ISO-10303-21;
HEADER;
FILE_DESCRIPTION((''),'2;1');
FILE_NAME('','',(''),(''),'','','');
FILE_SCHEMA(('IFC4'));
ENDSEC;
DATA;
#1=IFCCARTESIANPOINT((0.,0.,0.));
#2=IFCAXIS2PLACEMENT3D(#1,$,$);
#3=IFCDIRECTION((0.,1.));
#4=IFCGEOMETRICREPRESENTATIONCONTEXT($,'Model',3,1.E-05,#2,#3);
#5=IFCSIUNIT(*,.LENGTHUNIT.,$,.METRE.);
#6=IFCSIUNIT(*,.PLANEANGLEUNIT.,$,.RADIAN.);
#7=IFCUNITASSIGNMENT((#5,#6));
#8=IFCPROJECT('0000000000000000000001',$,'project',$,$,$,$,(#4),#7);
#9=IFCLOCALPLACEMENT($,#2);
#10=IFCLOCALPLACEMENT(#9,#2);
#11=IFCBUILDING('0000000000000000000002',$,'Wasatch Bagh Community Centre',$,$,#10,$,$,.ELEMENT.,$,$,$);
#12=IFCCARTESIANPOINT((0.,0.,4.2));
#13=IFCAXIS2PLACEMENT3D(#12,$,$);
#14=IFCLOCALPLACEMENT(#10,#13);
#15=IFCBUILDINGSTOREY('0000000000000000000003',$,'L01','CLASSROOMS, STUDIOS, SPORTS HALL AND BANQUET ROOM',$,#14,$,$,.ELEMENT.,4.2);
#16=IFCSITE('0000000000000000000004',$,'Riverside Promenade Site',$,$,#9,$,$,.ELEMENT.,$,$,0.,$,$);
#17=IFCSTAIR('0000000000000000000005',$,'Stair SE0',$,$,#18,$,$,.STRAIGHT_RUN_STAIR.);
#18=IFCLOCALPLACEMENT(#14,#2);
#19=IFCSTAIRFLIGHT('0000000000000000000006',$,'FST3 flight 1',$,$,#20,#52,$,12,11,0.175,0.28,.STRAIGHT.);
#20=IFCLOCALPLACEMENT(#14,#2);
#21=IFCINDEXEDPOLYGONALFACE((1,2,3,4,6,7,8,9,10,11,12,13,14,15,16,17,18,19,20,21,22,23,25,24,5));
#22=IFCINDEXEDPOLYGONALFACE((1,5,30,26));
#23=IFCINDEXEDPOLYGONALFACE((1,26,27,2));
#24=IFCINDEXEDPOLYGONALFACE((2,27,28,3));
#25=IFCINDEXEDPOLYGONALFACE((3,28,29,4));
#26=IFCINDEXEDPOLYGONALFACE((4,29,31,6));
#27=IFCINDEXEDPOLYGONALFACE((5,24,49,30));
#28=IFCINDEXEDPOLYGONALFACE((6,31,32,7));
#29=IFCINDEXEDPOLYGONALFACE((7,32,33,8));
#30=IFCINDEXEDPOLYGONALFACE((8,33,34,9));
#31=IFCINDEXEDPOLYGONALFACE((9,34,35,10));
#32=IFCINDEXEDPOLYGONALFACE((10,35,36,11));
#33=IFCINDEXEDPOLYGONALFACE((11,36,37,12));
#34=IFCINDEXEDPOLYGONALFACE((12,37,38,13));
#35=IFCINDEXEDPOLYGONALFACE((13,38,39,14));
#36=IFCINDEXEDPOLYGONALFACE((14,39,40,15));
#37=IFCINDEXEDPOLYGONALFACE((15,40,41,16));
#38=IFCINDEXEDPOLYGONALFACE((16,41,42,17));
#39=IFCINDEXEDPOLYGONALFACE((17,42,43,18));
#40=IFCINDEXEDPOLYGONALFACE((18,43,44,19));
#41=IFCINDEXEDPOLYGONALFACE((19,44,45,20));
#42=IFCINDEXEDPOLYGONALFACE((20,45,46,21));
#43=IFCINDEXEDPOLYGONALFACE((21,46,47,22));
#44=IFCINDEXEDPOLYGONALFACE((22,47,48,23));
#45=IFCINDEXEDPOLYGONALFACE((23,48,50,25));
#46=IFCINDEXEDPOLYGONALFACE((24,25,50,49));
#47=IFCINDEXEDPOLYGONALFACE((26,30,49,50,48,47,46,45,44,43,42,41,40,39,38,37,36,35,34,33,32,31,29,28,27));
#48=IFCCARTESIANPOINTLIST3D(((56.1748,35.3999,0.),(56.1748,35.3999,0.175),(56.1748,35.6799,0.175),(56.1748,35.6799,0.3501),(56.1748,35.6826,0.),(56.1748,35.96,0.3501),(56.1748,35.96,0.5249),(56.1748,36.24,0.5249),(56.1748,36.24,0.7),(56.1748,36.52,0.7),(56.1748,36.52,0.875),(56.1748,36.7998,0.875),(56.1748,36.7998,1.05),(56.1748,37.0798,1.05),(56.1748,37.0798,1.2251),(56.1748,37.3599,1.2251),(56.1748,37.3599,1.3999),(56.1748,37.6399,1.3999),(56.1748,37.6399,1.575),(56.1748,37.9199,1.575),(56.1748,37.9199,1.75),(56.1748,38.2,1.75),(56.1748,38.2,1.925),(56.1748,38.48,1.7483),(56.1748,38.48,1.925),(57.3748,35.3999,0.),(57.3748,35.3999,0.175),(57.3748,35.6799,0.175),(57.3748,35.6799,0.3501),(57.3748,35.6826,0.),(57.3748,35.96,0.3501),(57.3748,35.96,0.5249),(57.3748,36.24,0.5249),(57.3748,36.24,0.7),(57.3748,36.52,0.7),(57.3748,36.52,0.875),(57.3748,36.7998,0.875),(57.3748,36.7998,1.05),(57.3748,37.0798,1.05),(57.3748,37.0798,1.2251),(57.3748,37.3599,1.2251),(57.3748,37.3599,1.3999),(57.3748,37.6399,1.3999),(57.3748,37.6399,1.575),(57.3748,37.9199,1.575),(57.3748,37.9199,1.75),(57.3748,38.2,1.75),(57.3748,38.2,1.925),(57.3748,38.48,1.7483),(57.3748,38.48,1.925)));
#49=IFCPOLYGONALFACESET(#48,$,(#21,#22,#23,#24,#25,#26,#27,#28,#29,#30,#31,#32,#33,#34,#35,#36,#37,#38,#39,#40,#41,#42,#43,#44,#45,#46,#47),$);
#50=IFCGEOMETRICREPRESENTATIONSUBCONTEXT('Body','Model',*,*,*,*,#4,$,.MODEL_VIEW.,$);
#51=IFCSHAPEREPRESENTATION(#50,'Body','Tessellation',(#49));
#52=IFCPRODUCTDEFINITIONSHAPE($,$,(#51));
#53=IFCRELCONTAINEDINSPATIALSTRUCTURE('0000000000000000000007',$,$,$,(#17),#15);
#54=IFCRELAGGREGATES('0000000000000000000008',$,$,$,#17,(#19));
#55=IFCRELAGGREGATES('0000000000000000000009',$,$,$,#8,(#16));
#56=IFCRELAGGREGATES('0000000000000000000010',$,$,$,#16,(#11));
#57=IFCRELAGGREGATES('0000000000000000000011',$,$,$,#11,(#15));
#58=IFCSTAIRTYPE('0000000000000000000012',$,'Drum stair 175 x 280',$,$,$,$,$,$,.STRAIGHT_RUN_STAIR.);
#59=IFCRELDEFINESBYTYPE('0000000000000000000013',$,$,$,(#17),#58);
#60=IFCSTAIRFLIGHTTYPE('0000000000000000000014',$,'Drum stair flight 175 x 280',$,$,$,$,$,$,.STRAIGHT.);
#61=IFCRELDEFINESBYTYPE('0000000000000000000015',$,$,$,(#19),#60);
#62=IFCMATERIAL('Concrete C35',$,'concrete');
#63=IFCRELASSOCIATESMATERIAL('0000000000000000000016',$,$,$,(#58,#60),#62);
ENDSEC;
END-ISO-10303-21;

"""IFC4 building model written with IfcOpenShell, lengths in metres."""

from ifc_helpers import new_model, si_unit, direction, frame, origin, place, context, subcontext, project, spatial, polyline, outline, extrude, material, type_object, element, aggregate, save


model = new_model("IFC4")

# Units and contexts
model_context = context("Model", 3, precision=1e-05, world=origin(), true_north=direction((0.0, 1.0)))
body_context = subcontext(model_context, "Body", "Model", "MODEL_VIEW")
ifc_project = project(units=[si_unit("LENGTHUNIT", "METRE"), si_unit("PLANEANGLEUNIT", "RADIAN")], contexts=[model_context])

# Site, building, storey
site_placement = place(None, origin())
site = spatial("IfcSite", under=ifc_project, at=site_placement, Name="Riverside Promenade Site", CompositionType="ELEMENT", RefElevation=0.0)
building_placement = place(site_placement, origin())
building = spatial("IfcBuilding", under=site, at=building_placement, Name="Wasatch Bagh Community Centre", CompositionType="ELEMENT")
storey_placement = place(building_placement, frame((0.0, 0.0, 4.2)))
storey = spatial("IfcBuildingStorey", under=building, at=storey_placement, Name="L01", Description="CLASSROOMS, STUDIOS, SPORTS HALL AND BANQUET ROOM", CompositionType="ELEMENT", Elevation=4.2)

# Shared definitions
ifc_material_1 = material(Name="Concrete C35", Category="concrete")

# Stair, stair flight
stair_type = type_object("IfcStairType", Name="Drum stair 175 x 280", PredefinedType="STRAIGHT_RUN_STAIR", material=ifc_material_1)
stair_placement = place(storey_placement, origin())
stair = element("IfcStair", 1, at=stair_placement, inside=storey, type_object=stair_type, Name="Stair SE0", PredefinedType="STRAIGHT_RUN_STAIR")
stair_flight_type = type_object("IfcStairFlightType", Name="Drum stair flight 175 x 280", PredefinedType="STRAIGHT", material=ifc_material_1)
stair_flight_placement = place(storey_placement, frame((56.7749, 35.3999, 0.0), z_axis=(0.0, 0.0, 1.0), x_axis=(0.0, 1.0, 0.0)))
stair_flight = element("IfcStairFlight", 2, at=stair_flight_placement, type_object=stair_flight_type, Name="FST3 flight 1", NumberOfRisers=12, NumberOfTreads=11, PredefinedType="STRAIGHT", RiserHeight=0.175, TreadLength=0.28, context=body_context, shape_type="SweptSolid", body=[
    extrude(outline(polyline([(0.0, 0.0), (0.0, 0.175), (0.28, 0.175), (0.28, 0.3501), (0.5601, 0.3501), (0.5601, 0.5249), (0.8401, 0.5249), (0.8401, 0.7), (1.1201, 0.7), (1.1201, 0.875), (1.3999, 0.875), (1.3999, 1.05), (1.6799, 1.05), (1.6799, 1.2251), (1.96, 1.2251), (1.96, 1.3999), (2.24, 1.3999), (2.24, 1.575), (2.52, 1.575), (2.52, 1.75), (2.8, 1.75), (2.8, 1.925), (3.0801, 1.925), (3.0801, 2.1001), (3.0801, 1.7483), (0.2827, 0.0), (0.0, 0.0)])), frame((0.0, 0.6001, 0.0), z_axis=(0.0, -1.0, 0.0), x_axis=(1.0, 0.0, 0.0)), (0.0, 0.0, 1.0), 1.2),
])
aggregate(stair, [stair_flight])

save(model, "model.ifc")
